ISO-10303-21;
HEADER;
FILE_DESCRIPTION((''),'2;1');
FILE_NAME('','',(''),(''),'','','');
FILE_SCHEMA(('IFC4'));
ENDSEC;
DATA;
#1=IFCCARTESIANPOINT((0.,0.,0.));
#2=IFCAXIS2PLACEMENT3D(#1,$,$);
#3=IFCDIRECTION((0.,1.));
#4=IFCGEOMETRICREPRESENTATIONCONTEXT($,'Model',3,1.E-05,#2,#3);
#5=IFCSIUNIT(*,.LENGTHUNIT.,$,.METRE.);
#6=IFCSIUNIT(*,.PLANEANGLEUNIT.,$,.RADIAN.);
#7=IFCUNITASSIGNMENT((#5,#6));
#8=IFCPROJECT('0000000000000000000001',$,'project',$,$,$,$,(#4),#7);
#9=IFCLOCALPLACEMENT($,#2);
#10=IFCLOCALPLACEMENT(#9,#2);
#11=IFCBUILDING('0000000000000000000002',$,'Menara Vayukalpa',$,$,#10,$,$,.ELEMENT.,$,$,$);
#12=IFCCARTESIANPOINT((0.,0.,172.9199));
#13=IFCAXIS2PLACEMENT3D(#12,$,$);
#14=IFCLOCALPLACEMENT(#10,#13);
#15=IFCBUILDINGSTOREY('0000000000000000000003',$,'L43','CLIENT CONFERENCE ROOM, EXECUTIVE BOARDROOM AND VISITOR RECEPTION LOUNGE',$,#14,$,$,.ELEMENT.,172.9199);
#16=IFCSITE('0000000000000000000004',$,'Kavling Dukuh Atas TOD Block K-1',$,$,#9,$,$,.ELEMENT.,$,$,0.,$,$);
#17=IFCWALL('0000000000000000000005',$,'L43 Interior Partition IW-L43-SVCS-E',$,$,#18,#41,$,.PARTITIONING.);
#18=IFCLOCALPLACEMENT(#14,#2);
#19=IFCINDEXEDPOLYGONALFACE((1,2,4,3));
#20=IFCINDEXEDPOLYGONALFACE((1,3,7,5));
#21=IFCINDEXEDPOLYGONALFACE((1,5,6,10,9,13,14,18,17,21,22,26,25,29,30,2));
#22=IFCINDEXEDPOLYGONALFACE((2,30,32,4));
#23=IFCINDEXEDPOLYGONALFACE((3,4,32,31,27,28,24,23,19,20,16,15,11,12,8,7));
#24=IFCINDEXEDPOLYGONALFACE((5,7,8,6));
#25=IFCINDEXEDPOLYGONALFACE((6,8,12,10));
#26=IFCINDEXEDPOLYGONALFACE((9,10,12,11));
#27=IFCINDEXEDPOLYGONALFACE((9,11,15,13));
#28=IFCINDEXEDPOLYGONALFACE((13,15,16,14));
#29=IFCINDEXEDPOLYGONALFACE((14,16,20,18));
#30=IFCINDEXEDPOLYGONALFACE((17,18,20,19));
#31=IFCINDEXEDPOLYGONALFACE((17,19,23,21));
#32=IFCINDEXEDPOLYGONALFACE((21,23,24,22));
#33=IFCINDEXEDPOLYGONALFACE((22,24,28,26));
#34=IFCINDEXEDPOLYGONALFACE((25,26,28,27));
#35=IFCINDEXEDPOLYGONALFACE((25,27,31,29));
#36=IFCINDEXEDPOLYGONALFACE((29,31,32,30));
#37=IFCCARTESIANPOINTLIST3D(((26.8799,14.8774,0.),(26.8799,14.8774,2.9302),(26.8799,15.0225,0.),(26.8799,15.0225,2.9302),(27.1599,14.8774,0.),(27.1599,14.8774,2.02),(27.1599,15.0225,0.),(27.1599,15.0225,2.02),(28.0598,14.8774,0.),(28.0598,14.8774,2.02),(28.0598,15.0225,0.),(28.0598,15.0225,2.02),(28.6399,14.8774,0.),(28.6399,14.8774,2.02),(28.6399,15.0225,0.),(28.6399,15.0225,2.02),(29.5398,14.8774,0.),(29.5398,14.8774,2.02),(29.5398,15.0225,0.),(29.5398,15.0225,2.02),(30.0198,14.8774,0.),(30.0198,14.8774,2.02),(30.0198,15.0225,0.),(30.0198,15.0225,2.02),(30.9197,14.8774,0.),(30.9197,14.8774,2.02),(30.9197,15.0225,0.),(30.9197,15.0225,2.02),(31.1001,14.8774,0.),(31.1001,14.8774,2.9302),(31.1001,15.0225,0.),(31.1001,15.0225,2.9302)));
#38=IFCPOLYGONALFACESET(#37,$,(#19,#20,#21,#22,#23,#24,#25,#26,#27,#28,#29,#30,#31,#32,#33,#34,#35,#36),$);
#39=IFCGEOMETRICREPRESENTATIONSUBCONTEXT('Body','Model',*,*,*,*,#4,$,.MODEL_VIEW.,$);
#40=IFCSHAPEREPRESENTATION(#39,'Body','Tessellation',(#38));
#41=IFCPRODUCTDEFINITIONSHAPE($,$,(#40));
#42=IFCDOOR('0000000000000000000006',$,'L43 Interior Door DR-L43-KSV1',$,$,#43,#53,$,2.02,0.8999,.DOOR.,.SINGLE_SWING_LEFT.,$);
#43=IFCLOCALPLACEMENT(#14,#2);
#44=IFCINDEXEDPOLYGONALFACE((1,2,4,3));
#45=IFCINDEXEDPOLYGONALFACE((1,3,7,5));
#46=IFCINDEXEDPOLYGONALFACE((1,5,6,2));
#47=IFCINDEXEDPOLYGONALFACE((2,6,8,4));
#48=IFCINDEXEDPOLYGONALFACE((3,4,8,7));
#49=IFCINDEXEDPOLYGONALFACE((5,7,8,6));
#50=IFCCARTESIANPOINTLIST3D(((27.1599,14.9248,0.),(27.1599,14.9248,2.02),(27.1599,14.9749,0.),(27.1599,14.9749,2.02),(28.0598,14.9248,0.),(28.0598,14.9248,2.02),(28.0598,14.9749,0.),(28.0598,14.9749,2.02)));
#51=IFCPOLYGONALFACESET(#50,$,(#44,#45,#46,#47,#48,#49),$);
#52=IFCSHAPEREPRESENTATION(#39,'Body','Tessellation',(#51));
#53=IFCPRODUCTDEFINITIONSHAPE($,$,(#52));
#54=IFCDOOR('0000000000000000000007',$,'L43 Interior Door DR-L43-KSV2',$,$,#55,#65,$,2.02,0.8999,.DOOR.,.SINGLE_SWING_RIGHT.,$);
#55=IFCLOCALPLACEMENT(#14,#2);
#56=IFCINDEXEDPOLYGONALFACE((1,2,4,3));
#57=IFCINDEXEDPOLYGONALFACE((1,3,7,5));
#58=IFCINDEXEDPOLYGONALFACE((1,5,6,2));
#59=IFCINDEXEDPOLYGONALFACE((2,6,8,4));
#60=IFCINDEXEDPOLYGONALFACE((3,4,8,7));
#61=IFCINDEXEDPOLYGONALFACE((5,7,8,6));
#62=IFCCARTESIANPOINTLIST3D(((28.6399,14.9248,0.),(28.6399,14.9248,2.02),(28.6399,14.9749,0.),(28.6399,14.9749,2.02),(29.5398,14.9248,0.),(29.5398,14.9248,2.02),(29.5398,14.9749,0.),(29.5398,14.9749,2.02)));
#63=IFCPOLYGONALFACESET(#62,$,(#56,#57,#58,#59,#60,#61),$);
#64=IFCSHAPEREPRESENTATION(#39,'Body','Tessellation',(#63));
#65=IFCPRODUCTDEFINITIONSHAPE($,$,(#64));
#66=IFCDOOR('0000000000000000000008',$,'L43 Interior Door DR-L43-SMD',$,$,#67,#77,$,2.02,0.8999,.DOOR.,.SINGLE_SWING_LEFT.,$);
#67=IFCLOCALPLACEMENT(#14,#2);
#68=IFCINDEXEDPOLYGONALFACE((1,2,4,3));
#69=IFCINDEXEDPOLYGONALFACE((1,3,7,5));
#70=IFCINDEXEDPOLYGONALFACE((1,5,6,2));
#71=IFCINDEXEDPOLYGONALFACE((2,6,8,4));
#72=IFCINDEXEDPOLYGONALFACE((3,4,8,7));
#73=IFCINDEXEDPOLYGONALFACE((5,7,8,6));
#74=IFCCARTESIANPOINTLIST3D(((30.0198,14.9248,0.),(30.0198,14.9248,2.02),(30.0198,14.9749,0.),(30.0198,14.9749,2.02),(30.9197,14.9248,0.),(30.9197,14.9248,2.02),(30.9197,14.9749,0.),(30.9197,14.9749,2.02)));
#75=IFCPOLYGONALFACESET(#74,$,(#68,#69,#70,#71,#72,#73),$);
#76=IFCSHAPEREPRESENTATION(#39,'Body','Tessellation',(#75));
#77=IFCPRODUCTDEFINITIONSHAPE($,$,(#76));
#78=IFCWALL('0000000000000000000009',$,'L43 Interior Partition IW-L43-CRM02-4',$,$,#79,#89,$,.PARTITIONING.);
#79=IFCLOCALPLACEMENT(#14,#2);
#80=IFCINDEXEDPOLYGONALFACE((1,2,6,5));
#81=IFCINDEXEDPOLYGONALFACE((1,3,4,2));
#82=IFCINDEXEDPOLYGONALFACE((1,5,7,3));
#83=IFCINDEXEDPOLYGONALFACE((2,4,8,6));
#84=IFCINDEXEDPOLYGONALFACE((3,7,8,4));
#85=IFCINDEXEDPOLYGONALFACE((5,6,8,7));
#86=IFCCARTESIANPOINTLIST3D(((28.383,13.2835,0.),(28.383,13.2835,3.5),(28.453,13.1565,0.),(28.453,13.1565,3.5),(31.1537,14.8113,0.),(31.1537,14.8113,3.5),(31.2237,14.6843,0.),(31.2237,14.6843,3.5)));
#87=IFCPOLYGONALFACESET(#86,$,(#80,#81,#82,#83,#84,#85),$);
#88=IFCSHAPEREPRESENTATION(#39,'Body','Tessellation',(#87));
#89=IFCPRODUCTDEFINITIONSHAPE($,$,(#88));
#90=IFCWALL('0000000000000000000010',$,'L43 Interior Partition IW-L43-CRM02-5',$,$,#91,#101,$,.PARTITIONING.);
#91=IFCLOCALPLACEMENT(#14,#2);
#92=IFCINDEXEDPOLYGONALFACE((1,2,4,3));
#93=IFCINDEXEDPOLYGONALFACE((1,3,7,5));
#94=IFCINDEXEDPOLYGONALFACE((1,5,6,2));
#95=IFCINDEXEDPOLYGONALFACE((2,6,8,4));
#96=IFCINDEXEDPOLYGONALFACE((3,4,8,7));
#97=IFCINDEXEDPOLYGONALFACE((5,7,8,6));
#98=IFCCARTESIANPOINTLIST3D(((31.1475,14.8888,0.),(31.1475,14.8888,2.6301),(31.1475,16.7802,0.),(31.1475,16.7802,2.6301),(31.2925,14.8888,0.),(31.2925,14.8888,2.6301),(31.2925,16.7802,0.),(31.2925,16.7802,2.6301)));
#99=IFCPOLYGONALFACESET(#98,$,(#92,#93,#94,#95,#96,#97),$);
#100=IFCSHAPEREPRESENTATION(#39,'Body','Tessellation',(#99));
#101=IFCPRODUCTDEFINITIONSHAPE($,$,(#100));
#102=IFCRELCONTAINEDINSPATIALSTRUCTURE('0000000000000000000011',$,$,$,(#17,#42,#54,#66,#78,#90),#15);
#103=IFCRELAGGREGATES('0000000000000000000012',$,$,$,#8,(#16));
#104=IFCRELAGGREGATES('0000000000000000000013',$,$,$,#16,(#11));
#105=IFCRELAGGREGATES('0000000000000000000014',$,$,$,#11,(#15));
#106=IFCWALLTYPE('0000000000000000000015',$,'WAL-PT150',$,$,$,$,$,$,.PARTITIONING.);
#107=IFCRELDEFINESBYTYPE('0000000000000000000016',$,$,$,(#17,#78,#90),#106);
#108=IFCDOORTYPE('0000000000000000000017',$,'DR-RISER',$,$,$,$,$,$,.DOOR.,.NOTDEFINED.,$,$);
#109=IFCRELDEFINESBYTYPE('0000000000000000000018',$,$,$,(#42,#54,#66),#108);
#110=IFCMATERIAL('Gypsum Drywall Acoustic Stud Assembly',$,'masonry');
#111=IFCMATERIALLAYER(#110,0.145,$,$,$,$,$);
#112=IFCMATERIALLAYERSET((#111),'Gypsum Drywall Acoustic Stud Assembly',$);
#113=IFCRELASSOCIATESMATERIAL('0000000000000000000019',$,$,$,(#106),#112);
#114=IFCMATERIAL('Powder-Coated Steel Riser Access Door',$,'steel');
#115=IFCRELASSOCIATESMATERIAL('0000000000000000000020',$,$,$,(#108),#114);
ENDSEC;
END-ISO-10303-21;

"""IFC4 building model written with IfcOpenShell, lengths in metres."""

from ifc_helpers import new_model, si_unit, direction, frame, frame_2d, origin, place, context, subcontext, project, spatial, rectangle, extrude, material, layer, layer_set, type_object, element, fill, save


model = new_model("IFC4")

# Units and contexts
model_context = context("Model", 3, precision=1e-05, world=origin(), true_north=direction((0.0, 1.0)))
body_context = subcontext(model_context, "Body", "Model", "MODEL_VIEW")
ifc_project = project(units=[si_unit("LENGTHUNIT", "METRE"), si_unit("PLANEANGLEUNIT", "RADIAN")], contexts=[model_context])

# Site, building, storey
site_placement = place(None, origin())
site = spatial("IfcSite", under=ifc_project, at=site_placement, Name="Kavling Dukuh Atas TOD Block K-1", CompositionType="ELEMENT", RefElevation=0.0)
building_placement = place(site_placement, origin())
building = spatial("IfcBuilding", under=site, at=building_placement, Name="Menara Vayukalpa", CompositionType="ELEMENT")
storey_placement = place(building_placement, frame((0.0, 0.0, 172.9199)))
storey = spatial("IfcBuildingStorey", under=building, at=storey_placement, Name="L43", Description="CLIENT CONFERENCE ROOM, EXECUTIVE BOARDROOM AND VISITOR RECEPTION LOUNGE", CompositionType="ELEMENT", Elevation=172.9199)

# Wall, openings, doors
ifc_material_1 = material(Name="Gypsum Drywall Acoustic Stud Assembly", Category="masonry")
ifc_layer_1 = layer(ifc_material_1, 0.145)
ifc_layer_set_1 = layer_set([ifc_layer_1], Name="Gypsum Drywall Acoustic Stud Assembly")
wall_type_1 = type_object("IfcWallType", Name="WAL-PT150", PredefinedType="PARTITIONING", material=ifc_layer_set_1)
wall_1_placement = place(storey_placement, frame((26.8799, 14.95, 0.0), z_axis=(0.0, 0.0, 1.0), x_axis=(1.0, 0.0, 0.0)))
wall_1 = element("IfcWall", 1, at=wall_1_placement, inside=storey, type_object=wall_type_1, Name="L43 Interior Partition IW-L43-SVCS-E", PredefinedType="PARTITIONING", context=body_context, shape_type="SweptSolid", body=[
    extrude(rectangle(XDim=4.2202, YDim=0.145, at=frame_2d((2.1101, 0.0))), origin(), (0.0, 0.0, 1.0), 2.9302),
])
opening_1_placement = place(wall_1_placement, frame((0.28, 0.0, 0.0)))
opening_1 = element("IfcOpeningElement", 2, at=opening_1_placement, cuts=wall_1, PredefinedType="OPENING", context=body_context, shape_type="SweptSolid", body=[
    extrude(rectangle(XDim=0.8999, YDim=2.02, at=frame_2d((0.45, 1.01))), frame((0.0, 0.0825, 0.0), z_axis=(0.0, -1.0, 0.0), x_axis=(1.0, 0.0, 0.0)), (0.0, 0.0, 1.0), 0.165),
])
opening_2_placement = place(wall_1_placement, frame((1.76, 0.0, 0.0)))
opening_2 = element("IfcOpeningElement", 3, at=opening_2_placement, cuts=wall_1, PredefinedType="OPENING", context=body_context, shape_type="SweptSolid", body=[
    extrude(rectangle(XDim=0.8999, YDim=2.02, at=frame_2d((0.45, 1.01))), frame((0.0, 0.0825, 0.0), z_axis=(0.0, -1.0, 0.0), x_axis=(1.0, 0.0, 0.0)), (0.0, 0.0, 1.0), 0.165),
])
opening_3_placement = place(wall_1_placement, frame((3.1399, 0.0, 0.0)))
opening_3 = element("IfcOpeningElement", 4, at=opening_3_placement, cuts=wall_1, PredefinedType="OPENING", context=body_context, shape_type="SweptSolid", body=[
    extrude(rectangle(XDim=0.8999, YDim=2.02, at=frame_2d((0.45, 1.01))), frame((0.0, 0.0825, 0.0), z_axis=(0.0, -1.0, 0.0), x_axis=(1.0, 0.0, 0.0)), (0.0, 0.0, 1.0), 0.165),
])
ifc_material_2 = material(Name="Powder-Coated Steel Riser Access Door", Category="steel")
door_type = type_object("IfcDoorType", Name="DR-RISER", OperationType="NOTDEFINED", PredefinedType="DOOR", material=ifc_material_2)
door_1_placement = place(opening_1_placement, origin())
door_1 = element("IfcDoor", 5, at=door_1_placement, inside=storey, type_object=door_type, Name="L43 Interior Door DR-L43-KSV1", OperationType="SINGLE_SWING_LEFT", OverallHeight=2.02, OverallWidth=0.8999, PredefinedType="DOOR", context=body_context, shape_type="SweptSolid", body=[
    extrude(rectangle(XDim=0.8999, YDim=2.02, at=frame_2d((0.45, 1.01))), frame((0.0, 0.0249, 0.0), z_axis=(0.0, -1.0, 0.0), x_axis=(1.0, 0.0, 0.0)), (0.0, 0.0, 1.0), 0.05),
])
fill(opening_1, door_1)
door_2_placement = place(opening_2_placement, origin())
door_2 = element("IfcDoor", 6, at=door_2_placement, inside=storey, type_object=door_type, Name="L43 Interior Door DR-L43-KSV2", OperationType="SINGLE_SWING_RIGHT", OverallHeight=2.02, OverallWidth=0.8999, PredefinedType="DOOR", context=body_context, shape_type="SweptSolid", body=[
    extrude(rectangle(XDim=0.8999, YDim=2.02, at=frame_2d((0.45, 1.01))), frame((0.0, 0.0249, 0.0), z_axis=(0.0, -1.0, 0.0), x_axis=(1.0, 0.0, 0.0)), (0.0, 0.0, 1.0), 0.05),
])
fill(opening_2, door_2)
door_3_placement = place(opening_3_placement, origin())
door_3 = element("IfcDoor", 7, at=door_3_placement, inside=storey, type_object=door_type, Name="L43 Interior Door DR-L43-SMD", OperationType="SINGLE_SWING_LEFT", OverallHeight=2.02, OverallWidth=0.8999, PredefinedType="DOOR", context=body_context, shape_type="SweptSolid", body=[
    extrude(rectangle(XDim=0.8999, YDim=2.02, at=frame_2d((0.45, 1.01))), frame((0.0, 0.0249, 0.0), z_axis=(0.0, -1.0, 0.0), x_axis=(1.0, 0.0, 0.0)), (0.0, 0.0, 1.0), 0.05),
])
fill(opening_3, door_3)

# Walls
wall_2_placement = place(storey_placement, frame((28.418, 13.22, 0.0), z_axis=(0.0, 0.0, 1.0), x_axis=(0.875692, 0.482869, 0.0)))
element("IfcWall", 8, at=wall_2_placement, inside=storey, type_object=wall_type_1, Name="L43 Interior Partition IW-L43-CRM02-4", PredefinedType="PARTITIONING", context=body_context, shape_type="SweptSolid", body=[
    extrude(rectangle(XDim=3.1641, YDim=0.145, at=frame_2d((1.582, 0.0))), origin(), (0.0, 0.0, 1.0), 3.5),
])
wall_3_placement = place(storey_placement, frame((31.22, 14.8887, 0.0), z_axis=(0.0, 0.0, 1.0), x_axis=(0.0, 1.0, 0.0)))
element("IfcWall", 9, at=wall_3_placement, inside=storey, type_object=wall_type_1, Name="L43 Interior Partition IW-L43-CRM02-5", PredefinedType="PARTITIONING", context=body_context, shape_type="SweptSolid", body=[
    extrude(rectangle(XDim=1.8914, YDim=0.145, at=frame_2d((0.9458, 0.0))), origin(), (0.0, 0.0, 1.0), 2.6301),
])

save(model, "model.ifc")
